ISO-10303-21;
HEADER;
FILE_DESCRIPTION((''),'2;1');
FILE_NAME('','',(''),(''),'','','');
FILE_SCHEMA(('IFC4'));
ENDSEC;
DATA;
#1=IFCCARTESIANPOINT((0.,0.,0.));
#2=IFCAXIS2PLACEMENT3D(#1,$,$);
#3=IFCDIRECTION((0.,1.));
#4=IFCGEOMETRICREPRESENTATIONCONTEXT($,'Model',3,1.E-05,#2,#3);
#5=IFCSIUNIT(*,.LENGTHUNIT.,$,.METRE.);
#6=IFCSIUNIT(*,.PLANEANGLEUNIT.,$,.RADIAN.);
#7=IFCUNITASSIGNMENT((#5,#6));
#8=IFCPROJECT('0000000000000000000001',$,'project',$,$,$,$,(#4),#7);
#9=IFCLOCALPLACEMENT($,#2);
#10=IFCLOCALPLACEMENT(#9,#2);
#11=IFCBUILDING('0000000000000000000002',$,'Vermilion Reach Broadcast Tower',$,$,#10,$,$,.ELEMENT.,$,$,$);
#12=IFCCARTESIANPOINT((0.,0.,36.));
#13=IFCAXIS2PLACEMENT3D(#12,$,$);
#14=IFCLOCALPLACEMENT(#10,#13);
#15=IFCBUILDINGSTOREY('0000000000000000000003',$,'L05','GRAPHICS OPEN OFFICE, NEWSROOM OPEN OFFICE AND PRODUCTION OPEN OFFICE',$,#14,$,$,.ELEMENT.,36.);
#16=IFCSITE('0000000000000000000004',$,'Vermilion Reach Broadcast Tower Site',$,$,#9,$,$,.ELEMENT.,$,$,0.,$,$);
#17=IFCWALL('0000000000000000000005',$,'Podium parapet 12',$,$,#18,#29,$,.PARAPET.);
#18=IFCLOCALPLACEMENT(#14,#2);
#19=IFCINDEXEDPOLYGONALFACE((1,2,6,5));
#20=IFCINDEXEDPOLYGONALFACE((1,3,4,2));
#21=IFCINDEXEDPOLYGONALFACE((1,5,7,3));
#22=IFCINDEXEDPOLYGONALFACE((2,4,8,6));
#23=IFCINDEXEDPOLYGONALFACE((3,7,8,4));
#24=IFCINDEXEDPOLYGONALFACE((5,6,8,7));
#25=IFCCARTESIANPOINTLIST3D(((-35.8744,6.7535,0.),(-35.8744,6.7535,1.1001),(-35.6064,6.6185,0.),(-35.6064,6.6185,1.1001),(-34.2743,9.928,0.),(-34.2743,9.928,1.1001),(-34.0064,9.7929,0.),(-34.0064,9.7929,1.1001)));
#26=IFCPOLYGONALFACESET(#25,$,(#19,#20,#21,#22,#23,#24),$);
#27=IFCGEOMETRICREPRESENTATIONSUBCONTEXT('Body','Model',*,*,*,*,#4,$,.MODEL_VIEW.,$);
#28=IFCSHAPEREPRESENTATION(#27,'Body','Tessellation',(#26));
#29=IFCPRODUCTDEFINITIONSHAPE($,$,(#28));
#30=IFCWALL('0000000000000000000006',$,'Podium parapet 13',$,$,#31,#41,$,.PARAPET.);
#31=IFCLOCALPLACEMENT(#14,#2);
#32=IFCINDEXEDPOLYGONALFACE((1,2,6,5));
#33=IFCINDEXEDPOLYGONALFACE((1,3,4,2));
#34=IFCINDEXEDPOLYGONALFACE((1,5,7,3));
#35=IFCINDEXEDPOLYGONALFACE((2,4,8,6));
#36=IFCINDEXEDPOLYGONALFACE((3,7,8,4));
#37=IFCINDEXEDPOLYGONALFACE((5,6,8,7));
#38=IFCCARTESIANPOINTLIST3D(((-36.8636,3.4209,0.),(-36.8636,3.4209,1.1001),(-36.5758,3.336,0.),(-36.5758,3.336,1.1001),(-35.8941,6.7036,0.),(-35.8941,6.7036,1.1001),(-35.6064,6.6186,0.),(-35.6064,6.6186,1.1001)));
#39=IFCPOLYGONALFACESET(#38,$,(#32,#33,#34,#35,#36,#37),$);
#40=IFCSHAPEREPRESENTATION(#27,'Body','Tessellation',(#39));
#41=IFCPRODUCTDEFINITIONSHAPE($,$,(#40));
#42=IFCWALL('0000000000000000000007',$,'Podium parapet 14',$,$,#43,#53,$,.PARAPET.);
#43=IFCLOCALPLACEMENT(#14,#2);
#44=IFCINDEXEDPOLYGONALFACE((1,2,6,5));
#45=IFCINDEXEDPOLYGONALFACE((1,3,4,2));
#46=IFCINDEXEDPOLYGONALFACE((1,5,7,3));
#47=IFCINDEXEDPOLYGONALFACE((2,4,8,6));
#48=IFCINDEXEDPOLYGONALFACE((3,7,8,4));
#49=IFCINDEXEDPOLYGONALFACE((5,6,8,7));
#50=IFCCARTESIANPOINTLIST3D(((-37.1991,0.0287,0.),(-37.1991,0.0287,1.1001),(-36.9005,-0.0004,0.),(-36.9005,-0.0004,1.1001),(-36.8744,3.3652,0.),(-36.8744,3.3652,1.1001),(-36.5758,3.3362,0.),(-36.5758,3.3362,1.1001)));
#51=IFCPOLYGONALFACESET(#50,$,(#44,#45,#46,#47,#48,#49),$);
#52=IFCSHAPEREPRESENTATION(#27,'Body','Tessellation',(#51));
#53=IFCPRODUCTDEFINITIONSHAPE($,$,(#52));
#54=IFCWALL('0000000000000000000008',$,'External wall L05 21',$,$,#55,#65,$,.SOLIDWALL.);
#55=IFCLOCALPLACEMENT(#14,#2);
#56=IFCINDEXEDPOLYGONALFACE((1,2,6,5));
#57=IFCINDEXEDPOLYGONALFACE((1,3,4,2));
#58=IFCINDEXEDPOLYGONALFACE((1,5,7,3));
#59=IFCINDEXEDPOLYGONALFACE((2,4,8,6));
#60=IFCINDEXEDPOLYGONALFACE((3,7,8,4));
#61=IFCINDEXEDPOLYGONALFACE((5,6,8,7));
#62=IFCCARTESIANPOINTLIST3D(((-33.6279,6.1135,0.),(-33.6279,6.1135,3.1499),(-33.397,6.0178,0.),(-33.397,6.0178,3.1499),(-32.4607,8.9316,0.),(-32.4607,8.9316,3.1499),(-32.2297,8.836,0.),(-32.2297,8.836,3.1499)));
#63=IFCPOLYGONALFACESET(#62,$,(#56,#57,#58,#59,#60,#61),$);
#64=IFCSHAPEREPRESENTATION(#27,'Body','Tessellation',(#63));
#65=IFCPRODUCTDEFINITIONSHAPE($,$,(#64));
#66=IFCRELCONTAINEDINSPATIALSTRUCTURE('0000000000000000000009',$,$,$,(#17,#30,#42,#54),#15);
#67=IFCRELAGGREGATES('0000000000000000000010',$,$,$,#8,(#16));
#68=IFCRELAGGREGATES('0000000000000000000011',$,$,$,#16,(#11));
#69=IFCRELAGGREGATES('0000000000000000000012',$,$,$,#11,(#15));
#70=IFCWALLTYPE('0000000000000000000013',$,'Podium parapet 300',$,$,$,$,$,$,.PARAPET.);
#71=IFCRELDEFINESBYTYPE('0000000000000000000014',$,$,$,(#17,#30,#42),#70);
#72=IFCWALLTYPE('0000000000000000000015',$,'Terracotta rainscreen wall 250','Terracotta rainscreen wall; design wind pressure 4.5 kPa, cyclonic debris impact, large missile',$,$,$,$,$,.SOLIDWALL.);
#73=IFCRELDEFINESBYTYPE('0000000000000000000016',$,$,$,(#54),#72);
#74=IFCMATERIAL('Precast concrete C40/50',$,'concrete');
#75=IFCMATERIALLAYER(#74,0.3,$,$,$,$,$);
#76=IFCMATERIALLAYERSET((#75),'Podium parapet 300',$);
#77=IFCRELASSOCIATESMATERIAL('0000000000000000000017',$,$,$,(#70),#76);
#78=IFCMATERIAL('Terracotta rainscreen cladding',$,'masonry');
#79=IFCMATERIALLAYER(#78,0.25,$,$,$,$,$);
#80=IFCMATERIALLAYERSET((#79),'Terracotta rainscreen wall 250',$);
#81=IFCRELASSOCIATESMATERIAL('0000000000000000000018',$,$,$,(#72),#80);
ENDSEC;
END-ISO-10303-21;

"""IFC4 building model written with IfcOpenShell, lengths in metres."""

from ifc_helpers import new_model, si_unit, direction, frame, frame_2d, origin, place, context, subcontext, project, spatial, rectangle, extrude, material, layer, layer_set, type_object, element, save


model = new_model("IFC4")

# Units and contexts
model_context = context("Model", 3, precision=1e-05, world=origin(), true_north=direction((0.0, 1.0)))
body_context = subcontext(model_context, "Body", "Model", "MODEL_VIEW")
ifc_project = project(units=[si_unit("LENGTHUNIT", "METRE"), si_unit("PLANEANGLEUNIT", "RADIAN")], contexts=[model_context])

# Site, building, storey
site_placement = place(None, origin())
site = spatial("IfcSite", under=ifc_project, at=site_placement, Name="Vermilion Reach Broadcast Tower Site", CompositionType="ELEMENT", RefElevation=0.0)
building_placement = place(site_placement, origin())
building = spatial("IfcBuilding", under=site, at=building_placement, Name="Vermilion Reach Broadcast Tower", CompositionType="ELEMENT")
storey_placement = place(building_placement, frame((0.0, 0.0, 36.0)))
storey = spatial("IfcBuildingStorey", under=building, at=storey_placement, Name="L05", Description="GRAPHICS OPEN OFFICE, NEWSROOM OPEN OFFICE AND PRODUCTION OPEN OFFICE", CompositionType="ELEMENT", Elevation=36.0)

# Walls
ifc_material_1 = material(Name="Precast concrete C40/50", Category="concrete")
ifc_layer_1 = layer(ifc_material_1, 0.3)
ifc_layer_set_1 = layer_set([ifc_layer_1], Name="Podium parapet 300")
wall_type_1 = type_object("IfcWallType", Name="Podium parapet 300", PredefinedType="PARAPET", material=ifc_layer_set_1)
wall_1_placement = place(storey_placement, frame((-34.1404, 9.8604, 0.0), z_axis=(0.0, 0.0, 1.0), x_axis=(-0.450096, -0.89298, 0.0)))
element("IfcWall", 1, at=wall_1_placement, inside=storey, type_object=wall_type_1, Name="Podium parapet 12", PredefinedType="PARAPET", context=body_context, shape_type="SweptSolid", body=[
    extrude(rectangle(XDim=3.5549, YDim=0.3, at=frame_2d((1.7773, 0.0))), origin(), (0.0, 0.0, 1.0), 1.1001),
])
wall_2_placement = place(storey_placement, frame((-35.7502, 6.6611, 0.0), z_axis=(0.0, 0.0, 1.0), x_axis=(-0.283236, -0.95905, 0.0)))
element("IfcWall", 2, at=wall_2_placement, inside=storey, type_object=wall_type_1, Name="Podium parapet 13", PredefinedType="PARAPET", context=body_context, shape_type="SweptSolid", body=[
    extrude(rectangle(XDim=3.4229, YDim=0.3, at=frame_2d((1.7114, 0.0))), origin(), (0.0, 0.0, 1.0), 1.1001),
])
wall_3_placement = place(storey_placement, frame((-36.7251, 3.3508, 0.0), z_axis=(0.0, 0.0, 1.0), x_axis=(-0.096864, -0.995298, 0.0)))
element("IfcWall", 3, at=wall_3_placement, inside=storey, type_object=wall_type_1, Name="Podium parapet 14", PredefinedType="PARAPET", context=body_context, shape_type="SweptSolid", body=[
    extrude(rectangle(XDim=3.3523, YDim=0.3, at=frame_2d((1.6763, 0.0))), origin(), (0.0, 0.0, 1.0), 1.1001),
])
ifc_material_2 = material(Name="Terracotta rainscreen cladding", Category="masonry")
ifc_layer_2 = layer(ifc_material_2, 0.25)
ifc_layer_set_2 = layer_set([ifc_layer_2], Name="Terracotta rainscreen wall 250")
wall_type_2 = type_object("IfcWallType", Name="Terracotta rainscreen wall 250", Description="Terracotta rainscreen wall; design wind pressure 4.5 kPa, cyclonic debris impact, large missile", PredefinedType="SOLIDWALL", material=ifc_layer_set_2)
wall_4_placement = place(storey_placement, frame((-32.3452, 8.8838, 0.0), z_axis=(0.0, 0.0, 1.0), x_axis=(-0.382665, -0.923887, 0.0)))
element("IfcWall", 4, at=wall_4_placement, inside=storey, type_object=wall_type_2, Name="External wall L05 21", PredefinedType="SOLIDWALL", context=body_context, shape_type="SweptSolid", body=[
    extrude(rectangle(XDim=3.0503, YDim=0.25, at=frame_2d((1.5251, 0.0))), origin(), (0.0, 0.0, 1.0), 3.1499),
])

save(model, "model.ifc")
